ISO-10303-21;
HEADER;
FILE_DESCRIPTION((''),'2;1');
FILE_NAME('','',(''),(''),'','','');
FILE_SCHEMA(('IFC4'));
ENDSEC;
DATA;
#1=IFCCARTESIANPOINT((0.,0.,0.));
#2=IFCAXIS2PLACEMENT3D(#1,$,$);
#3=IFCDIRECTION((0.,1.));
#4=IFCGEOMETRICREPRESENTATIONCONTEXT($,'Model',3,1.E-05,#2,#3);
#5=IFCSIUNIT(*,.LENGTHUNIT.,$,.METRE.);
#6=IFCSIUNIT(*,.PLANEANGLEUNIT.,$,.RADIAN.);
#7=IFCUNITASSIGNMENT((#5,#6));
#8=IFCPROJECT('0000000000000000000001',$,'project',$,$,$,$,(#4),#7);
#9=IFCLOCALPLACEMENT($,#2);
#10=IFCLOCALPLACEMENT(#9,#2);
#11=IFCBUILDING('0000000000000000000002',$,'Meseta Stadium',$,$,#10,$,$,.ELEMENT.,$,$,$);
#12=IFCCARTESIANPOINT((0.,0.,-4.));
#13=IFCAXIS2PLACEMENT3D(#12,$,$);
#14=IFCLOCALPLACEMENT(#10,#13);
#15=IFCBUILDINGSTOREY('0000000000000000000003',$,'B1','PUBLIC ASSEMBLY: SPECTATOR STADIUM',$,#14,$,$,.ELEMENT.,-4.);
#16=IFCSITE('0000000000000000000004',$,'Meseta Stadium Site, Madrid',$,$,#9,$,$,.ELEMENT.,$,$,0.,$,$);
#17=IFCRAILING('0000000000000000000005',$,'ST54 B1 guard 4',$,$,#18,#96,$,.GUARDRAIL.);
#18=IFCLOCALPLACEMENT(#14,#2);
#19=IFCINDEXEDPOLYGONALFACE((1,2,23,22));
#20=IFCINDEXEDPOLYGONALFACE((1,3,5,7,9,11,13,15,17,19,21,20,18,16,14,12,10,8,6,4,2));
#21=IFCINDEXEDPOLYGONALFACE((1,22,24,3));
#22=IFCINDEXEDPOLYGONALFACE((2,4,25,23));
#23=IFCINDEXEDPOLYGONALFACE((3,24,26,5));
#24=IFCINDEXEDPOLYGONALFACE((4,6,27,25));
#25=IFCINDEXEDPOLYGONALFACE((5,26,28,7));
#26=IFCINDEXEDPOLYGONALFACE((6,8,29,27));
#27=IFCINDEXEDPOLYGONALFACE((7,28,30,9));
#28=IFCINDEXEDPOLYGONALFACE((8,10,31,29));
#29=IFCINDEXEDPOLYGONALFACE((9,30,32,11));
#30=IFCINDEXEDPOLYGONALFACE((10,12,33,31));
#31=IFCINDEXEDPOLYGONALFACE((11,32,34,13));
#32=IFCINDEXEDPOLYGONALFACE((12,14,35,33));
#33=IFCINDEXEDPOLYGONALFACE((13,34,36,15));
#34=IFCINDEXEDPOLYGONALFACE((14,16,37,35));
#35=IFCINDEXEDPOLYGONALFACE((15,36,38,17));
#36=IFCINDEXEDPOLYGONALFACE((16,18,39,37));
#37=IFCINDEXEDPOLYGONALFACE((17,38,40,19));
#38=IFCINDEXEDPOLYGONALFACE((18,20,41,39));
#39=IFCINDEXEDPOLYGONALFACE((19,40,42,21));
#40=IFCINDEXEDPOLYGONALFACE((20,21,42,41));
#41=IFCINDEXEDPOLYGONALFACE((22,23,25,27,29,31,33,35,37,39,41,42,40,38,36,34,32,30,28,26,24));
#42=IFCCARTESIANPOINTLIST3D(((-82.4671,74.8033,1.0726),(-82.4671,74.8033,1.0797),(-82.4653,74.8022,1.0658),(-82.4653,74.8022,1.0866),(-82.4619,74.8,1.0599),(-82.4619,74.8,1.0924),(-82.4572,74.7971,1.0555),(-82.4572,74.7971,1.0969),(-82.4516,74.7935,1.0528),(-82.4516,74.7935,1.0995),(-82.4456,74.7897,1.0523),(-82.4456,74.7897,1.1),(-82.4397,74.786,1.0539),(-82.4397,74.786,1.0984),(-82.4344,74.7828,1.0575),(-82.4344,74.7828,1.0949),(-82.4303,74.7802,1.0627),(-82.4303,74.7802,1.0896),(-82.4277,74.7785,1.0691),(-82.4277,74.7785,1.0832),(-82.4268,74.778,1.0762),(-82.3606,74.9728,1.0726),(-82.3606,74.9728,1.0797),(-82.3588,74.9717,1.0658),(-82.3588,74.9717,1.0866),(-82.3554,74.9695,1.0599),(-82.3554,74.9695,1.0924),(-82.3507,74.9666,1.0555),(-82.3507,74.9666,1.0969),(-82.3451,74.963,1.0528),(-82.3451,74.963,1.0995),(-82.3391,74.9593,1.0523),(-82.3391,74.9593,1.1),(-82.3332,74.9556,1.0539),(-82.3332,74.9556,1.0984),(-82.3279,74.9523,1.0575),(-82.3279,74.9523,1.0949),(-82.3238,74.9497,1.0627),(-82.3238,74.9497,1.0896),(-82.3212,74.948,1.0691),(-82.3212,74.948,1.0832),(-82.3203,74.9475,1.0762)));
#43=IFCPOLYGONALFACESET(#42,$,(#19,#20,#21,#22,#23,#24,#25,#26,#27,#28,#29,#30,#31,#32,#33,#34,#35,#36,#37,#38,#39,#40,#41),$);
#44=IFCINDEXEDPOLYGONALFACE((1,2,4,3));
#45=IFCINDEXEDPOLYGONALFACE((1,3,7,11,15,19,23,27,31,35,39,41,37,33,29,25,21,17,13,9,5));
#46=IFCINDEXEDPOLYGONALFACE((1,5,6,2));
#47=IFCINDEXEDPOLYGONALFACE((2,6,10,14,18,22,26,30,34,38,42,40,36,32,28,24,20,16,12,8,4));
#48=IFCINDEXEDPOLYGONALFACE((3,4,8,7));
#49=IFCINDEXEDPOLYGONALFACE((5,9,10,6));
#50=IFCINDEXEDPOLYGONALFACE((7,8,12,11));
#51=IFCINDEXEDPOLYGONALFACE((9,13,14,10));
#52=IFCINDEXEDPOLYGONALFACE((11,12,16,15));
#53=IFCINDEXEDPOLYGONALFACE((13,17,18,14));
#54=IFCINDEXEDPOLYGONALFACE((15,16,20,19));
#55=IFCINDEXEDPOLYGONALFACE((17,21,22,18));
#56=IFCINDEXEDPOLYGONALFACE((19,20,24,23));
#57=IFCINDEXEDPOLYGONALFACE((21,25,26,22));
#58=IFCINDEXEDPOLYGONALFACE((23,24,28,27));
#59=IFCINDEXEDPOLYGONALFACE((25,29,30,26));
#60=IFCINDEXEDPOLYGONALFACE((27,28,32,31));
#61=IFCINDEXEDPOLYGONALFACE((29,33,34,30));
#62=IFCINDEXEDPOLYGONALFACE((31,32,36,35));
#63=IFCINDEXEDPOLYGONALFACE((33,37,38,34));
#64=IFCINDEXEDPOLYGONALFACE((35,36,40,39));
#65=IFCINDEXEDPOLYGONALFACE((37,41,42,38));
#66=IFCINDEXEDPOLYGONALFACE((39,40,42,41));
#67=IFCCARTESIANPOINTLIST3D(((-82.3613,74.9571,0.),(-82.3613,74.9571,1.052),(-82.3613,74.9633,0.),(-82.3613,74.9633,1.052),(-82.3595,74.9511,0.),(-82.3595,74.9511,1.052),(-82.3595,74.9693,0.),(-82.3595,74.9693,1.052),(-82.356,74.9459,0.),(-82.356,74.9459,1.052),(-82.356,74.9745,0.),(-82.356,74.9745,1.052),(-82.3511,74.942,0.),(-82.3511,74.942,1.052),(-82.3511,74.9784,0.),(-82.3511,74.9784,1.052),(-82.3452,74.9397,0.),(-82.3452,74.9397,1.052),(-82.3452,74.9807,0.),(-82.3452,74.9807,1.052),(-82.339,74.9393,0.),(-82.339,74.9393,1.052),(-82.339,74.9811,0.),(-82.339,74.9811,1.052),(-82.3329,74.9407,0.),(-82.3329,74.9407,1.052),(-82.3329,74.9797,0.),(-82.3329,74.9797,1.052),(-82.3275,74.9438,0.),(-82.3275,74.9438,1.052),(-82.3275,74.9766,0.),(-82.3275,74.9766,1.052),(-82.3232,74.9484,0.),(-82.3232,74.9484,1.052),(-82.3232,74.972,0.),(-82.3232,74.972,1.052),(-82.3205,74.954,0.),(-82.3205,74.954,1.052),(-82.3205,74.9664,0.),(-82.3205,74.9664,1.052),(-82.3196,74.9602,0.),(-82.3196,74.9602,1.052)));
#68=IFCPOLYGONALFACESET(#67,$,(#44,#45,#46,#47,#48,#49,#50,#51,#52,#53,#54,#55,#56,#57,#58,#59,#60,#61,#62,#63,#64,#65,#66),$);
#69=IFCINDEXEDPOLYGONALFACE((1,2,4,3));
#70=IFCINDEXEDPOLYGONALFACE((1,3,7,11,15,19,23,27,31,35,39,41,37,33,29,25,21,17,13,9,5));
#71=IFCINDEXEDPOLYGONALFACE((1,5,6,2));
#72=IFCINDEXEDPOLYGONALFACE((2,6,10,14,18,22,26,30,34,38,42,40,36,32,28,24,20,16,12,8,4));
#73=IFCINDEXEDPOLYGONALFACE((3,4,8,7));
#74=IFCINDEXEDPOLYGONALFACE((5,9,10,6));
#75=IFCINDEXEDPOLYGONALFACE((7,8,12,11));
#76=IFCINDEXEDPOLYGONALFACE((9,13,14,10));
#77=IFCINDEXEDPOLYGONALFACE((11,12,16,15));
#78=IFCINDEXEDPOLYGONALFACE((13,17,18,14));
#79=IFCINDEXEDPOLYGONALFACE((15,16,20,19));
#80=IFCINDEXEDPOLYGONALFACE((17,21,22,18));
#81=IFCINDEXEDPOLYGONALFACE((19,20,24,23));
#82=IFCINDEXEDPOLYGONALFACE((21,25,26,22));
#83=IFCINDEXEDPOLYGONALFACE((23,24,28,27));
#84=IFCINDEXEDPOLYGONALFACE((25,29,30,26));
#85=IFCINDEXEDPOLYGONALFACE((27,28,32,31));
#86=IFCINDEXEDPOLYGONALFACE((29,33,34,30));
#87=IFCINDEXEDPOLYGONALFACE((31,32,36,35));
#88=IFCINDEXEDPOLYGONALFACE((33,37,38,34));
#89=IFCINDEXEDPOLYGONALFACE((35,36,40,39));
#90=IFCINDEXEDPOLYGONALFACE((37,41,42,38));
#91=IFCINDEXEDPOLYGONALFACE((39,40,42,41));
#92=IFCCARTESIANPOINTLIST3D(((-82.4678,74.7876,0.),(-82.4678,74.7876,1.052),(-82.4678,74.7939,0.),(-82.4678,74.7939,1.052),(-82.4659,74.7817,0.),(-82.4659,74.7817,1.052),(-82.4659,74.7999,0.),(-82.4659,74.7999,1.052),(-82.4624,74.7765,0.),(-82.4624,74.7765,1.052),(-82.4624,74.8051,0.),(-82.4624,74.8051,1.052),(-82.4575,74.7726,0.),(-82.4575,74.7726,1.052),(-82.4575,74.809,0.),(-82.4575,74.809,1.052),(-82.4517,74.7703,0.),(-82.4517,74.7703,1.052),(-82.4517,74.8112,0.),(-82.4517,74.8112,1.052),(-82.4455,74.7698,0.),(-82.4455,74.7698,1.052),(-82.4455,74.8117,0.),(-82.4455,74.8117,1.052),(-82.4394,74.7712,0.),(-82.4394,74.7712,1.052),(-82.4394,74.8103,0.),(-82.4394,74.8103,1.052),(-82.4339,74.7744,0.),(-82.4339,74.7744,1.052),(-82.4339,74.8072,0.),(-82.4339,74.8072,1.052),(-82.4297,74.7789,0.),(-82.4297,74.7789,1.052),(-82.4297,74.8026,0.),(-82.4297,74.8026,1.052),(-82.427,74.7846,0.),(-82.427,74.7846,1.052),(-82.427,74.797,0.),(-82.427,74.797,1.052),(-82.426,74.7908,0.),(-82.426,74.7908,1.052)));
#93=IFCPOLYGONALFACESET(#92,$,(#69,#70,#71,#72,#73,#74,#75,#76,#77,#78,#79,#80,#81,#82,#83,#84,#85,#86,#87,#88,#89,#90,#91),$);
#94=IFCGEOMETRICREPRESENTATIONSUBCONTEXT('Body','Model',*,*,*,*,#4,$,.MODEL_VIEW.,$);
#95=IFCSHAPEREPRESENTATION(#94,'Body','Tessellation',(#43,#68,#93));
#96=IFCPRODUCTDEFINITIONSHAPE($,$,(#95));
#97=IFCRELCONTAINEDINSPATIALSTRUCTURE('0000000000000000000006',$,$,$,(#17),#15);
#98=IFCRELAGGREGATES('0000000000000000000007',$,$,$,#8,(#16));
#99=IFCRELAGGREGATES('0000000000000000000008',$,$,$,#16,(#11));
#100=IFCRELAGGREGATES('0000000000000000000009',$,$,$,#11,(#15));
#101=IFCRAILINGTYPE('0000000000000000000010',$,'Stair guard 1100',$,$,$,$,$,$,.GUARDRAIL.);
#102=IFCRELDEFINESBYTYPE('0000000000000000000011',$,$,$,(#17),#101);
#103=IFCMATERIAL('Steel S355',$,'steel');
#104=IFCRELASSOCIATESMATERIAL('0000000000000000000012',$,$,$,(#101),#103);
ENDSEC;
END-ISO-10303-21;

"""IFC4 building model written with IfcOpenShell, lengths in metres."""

from ifc_helpers import new_model, si_unit, direction, frame, origin, origin_2d, place, context, subcontext, project, spatial, circle, extrude, material, type_object, element, save


model = new_model("IFC4")

# Units and contexts
model_context = context("Model", 3, precision=1e-05, world=origin(), true_north=direction((0.0, 1.0)))
body_context = subcontext(model_context, "Body", "Model", "MODEL_VIEW")
ifc_project = project(units=[si_unit("LENGTHUNIT", "METRE"), si_unit("PLANEANGLEUNIT", "RADIAN")], contexts=[model_context])

# Site, building, storey
site_placement = place(None, origin())
site = spatial("IfcSite", under=ifc_project, at=site_placement, Name="Meseta Stadium Site, Madrid", CompositionType="ELEMENT", RefElevation=0.0)
building_placement = place(site_placement, origin())
building = spatial("IfcBuilding", under=site, at=building_placement, Name="Meseta Stadium", CompositionType="ELEMENT")
storey_placement = place(building_placement, frame((0.0, 0.0, -4.0)))
storey = spatial("IfcBuildingStorey", under=building, at=storey_placement, Name="B1", Description="PUBLIC ASSEMBLY: SPECTATOR STADIUM", CompositionType="ELEMENT", Elevation=-4.0)

# Railing
ifc_material_1 = material(Name="Steel S355", Category="steel")
railing_type_1 = type_object("IfcRailingType", Name="Stair guard 1100", PredefinedType="GUARDRAIL", material=ifc_material_1)
railing_1_placement = place(storey_placement, frame((-82.3406, 74.9602, 0.0)))
element("IfcRailing", 1, at=railing_1_placement, inside=storey, type_object=railing_type_1, Name="ST54 B1 guard 4", PredefinedType="GUARDRAIL", context=body_context, shape_type="SweptSolid", body=[
    extrude(circle(Radius=0.0239, at=origin_2d()), frame((0.0, 0.0, 1.0762), z_axis=(-0.531972, -0.846762, 0.0), x_axis=(0.846762, -0.531972, 0.0)), (0.0, 0.0, 1.0), 0.2002),
    extrude(circle(Radius=0.021, at=origin_2d()), origin(), (0.0, 0.0, 1.0), 1.052),
    extrude(circle(Radius=0.021, at=origin_2d()), frame((-0.1064, -0.1694, 0.0)), (0.0, 0.0, 1.0), 1.052),
])

save(model, "model.ifc")
